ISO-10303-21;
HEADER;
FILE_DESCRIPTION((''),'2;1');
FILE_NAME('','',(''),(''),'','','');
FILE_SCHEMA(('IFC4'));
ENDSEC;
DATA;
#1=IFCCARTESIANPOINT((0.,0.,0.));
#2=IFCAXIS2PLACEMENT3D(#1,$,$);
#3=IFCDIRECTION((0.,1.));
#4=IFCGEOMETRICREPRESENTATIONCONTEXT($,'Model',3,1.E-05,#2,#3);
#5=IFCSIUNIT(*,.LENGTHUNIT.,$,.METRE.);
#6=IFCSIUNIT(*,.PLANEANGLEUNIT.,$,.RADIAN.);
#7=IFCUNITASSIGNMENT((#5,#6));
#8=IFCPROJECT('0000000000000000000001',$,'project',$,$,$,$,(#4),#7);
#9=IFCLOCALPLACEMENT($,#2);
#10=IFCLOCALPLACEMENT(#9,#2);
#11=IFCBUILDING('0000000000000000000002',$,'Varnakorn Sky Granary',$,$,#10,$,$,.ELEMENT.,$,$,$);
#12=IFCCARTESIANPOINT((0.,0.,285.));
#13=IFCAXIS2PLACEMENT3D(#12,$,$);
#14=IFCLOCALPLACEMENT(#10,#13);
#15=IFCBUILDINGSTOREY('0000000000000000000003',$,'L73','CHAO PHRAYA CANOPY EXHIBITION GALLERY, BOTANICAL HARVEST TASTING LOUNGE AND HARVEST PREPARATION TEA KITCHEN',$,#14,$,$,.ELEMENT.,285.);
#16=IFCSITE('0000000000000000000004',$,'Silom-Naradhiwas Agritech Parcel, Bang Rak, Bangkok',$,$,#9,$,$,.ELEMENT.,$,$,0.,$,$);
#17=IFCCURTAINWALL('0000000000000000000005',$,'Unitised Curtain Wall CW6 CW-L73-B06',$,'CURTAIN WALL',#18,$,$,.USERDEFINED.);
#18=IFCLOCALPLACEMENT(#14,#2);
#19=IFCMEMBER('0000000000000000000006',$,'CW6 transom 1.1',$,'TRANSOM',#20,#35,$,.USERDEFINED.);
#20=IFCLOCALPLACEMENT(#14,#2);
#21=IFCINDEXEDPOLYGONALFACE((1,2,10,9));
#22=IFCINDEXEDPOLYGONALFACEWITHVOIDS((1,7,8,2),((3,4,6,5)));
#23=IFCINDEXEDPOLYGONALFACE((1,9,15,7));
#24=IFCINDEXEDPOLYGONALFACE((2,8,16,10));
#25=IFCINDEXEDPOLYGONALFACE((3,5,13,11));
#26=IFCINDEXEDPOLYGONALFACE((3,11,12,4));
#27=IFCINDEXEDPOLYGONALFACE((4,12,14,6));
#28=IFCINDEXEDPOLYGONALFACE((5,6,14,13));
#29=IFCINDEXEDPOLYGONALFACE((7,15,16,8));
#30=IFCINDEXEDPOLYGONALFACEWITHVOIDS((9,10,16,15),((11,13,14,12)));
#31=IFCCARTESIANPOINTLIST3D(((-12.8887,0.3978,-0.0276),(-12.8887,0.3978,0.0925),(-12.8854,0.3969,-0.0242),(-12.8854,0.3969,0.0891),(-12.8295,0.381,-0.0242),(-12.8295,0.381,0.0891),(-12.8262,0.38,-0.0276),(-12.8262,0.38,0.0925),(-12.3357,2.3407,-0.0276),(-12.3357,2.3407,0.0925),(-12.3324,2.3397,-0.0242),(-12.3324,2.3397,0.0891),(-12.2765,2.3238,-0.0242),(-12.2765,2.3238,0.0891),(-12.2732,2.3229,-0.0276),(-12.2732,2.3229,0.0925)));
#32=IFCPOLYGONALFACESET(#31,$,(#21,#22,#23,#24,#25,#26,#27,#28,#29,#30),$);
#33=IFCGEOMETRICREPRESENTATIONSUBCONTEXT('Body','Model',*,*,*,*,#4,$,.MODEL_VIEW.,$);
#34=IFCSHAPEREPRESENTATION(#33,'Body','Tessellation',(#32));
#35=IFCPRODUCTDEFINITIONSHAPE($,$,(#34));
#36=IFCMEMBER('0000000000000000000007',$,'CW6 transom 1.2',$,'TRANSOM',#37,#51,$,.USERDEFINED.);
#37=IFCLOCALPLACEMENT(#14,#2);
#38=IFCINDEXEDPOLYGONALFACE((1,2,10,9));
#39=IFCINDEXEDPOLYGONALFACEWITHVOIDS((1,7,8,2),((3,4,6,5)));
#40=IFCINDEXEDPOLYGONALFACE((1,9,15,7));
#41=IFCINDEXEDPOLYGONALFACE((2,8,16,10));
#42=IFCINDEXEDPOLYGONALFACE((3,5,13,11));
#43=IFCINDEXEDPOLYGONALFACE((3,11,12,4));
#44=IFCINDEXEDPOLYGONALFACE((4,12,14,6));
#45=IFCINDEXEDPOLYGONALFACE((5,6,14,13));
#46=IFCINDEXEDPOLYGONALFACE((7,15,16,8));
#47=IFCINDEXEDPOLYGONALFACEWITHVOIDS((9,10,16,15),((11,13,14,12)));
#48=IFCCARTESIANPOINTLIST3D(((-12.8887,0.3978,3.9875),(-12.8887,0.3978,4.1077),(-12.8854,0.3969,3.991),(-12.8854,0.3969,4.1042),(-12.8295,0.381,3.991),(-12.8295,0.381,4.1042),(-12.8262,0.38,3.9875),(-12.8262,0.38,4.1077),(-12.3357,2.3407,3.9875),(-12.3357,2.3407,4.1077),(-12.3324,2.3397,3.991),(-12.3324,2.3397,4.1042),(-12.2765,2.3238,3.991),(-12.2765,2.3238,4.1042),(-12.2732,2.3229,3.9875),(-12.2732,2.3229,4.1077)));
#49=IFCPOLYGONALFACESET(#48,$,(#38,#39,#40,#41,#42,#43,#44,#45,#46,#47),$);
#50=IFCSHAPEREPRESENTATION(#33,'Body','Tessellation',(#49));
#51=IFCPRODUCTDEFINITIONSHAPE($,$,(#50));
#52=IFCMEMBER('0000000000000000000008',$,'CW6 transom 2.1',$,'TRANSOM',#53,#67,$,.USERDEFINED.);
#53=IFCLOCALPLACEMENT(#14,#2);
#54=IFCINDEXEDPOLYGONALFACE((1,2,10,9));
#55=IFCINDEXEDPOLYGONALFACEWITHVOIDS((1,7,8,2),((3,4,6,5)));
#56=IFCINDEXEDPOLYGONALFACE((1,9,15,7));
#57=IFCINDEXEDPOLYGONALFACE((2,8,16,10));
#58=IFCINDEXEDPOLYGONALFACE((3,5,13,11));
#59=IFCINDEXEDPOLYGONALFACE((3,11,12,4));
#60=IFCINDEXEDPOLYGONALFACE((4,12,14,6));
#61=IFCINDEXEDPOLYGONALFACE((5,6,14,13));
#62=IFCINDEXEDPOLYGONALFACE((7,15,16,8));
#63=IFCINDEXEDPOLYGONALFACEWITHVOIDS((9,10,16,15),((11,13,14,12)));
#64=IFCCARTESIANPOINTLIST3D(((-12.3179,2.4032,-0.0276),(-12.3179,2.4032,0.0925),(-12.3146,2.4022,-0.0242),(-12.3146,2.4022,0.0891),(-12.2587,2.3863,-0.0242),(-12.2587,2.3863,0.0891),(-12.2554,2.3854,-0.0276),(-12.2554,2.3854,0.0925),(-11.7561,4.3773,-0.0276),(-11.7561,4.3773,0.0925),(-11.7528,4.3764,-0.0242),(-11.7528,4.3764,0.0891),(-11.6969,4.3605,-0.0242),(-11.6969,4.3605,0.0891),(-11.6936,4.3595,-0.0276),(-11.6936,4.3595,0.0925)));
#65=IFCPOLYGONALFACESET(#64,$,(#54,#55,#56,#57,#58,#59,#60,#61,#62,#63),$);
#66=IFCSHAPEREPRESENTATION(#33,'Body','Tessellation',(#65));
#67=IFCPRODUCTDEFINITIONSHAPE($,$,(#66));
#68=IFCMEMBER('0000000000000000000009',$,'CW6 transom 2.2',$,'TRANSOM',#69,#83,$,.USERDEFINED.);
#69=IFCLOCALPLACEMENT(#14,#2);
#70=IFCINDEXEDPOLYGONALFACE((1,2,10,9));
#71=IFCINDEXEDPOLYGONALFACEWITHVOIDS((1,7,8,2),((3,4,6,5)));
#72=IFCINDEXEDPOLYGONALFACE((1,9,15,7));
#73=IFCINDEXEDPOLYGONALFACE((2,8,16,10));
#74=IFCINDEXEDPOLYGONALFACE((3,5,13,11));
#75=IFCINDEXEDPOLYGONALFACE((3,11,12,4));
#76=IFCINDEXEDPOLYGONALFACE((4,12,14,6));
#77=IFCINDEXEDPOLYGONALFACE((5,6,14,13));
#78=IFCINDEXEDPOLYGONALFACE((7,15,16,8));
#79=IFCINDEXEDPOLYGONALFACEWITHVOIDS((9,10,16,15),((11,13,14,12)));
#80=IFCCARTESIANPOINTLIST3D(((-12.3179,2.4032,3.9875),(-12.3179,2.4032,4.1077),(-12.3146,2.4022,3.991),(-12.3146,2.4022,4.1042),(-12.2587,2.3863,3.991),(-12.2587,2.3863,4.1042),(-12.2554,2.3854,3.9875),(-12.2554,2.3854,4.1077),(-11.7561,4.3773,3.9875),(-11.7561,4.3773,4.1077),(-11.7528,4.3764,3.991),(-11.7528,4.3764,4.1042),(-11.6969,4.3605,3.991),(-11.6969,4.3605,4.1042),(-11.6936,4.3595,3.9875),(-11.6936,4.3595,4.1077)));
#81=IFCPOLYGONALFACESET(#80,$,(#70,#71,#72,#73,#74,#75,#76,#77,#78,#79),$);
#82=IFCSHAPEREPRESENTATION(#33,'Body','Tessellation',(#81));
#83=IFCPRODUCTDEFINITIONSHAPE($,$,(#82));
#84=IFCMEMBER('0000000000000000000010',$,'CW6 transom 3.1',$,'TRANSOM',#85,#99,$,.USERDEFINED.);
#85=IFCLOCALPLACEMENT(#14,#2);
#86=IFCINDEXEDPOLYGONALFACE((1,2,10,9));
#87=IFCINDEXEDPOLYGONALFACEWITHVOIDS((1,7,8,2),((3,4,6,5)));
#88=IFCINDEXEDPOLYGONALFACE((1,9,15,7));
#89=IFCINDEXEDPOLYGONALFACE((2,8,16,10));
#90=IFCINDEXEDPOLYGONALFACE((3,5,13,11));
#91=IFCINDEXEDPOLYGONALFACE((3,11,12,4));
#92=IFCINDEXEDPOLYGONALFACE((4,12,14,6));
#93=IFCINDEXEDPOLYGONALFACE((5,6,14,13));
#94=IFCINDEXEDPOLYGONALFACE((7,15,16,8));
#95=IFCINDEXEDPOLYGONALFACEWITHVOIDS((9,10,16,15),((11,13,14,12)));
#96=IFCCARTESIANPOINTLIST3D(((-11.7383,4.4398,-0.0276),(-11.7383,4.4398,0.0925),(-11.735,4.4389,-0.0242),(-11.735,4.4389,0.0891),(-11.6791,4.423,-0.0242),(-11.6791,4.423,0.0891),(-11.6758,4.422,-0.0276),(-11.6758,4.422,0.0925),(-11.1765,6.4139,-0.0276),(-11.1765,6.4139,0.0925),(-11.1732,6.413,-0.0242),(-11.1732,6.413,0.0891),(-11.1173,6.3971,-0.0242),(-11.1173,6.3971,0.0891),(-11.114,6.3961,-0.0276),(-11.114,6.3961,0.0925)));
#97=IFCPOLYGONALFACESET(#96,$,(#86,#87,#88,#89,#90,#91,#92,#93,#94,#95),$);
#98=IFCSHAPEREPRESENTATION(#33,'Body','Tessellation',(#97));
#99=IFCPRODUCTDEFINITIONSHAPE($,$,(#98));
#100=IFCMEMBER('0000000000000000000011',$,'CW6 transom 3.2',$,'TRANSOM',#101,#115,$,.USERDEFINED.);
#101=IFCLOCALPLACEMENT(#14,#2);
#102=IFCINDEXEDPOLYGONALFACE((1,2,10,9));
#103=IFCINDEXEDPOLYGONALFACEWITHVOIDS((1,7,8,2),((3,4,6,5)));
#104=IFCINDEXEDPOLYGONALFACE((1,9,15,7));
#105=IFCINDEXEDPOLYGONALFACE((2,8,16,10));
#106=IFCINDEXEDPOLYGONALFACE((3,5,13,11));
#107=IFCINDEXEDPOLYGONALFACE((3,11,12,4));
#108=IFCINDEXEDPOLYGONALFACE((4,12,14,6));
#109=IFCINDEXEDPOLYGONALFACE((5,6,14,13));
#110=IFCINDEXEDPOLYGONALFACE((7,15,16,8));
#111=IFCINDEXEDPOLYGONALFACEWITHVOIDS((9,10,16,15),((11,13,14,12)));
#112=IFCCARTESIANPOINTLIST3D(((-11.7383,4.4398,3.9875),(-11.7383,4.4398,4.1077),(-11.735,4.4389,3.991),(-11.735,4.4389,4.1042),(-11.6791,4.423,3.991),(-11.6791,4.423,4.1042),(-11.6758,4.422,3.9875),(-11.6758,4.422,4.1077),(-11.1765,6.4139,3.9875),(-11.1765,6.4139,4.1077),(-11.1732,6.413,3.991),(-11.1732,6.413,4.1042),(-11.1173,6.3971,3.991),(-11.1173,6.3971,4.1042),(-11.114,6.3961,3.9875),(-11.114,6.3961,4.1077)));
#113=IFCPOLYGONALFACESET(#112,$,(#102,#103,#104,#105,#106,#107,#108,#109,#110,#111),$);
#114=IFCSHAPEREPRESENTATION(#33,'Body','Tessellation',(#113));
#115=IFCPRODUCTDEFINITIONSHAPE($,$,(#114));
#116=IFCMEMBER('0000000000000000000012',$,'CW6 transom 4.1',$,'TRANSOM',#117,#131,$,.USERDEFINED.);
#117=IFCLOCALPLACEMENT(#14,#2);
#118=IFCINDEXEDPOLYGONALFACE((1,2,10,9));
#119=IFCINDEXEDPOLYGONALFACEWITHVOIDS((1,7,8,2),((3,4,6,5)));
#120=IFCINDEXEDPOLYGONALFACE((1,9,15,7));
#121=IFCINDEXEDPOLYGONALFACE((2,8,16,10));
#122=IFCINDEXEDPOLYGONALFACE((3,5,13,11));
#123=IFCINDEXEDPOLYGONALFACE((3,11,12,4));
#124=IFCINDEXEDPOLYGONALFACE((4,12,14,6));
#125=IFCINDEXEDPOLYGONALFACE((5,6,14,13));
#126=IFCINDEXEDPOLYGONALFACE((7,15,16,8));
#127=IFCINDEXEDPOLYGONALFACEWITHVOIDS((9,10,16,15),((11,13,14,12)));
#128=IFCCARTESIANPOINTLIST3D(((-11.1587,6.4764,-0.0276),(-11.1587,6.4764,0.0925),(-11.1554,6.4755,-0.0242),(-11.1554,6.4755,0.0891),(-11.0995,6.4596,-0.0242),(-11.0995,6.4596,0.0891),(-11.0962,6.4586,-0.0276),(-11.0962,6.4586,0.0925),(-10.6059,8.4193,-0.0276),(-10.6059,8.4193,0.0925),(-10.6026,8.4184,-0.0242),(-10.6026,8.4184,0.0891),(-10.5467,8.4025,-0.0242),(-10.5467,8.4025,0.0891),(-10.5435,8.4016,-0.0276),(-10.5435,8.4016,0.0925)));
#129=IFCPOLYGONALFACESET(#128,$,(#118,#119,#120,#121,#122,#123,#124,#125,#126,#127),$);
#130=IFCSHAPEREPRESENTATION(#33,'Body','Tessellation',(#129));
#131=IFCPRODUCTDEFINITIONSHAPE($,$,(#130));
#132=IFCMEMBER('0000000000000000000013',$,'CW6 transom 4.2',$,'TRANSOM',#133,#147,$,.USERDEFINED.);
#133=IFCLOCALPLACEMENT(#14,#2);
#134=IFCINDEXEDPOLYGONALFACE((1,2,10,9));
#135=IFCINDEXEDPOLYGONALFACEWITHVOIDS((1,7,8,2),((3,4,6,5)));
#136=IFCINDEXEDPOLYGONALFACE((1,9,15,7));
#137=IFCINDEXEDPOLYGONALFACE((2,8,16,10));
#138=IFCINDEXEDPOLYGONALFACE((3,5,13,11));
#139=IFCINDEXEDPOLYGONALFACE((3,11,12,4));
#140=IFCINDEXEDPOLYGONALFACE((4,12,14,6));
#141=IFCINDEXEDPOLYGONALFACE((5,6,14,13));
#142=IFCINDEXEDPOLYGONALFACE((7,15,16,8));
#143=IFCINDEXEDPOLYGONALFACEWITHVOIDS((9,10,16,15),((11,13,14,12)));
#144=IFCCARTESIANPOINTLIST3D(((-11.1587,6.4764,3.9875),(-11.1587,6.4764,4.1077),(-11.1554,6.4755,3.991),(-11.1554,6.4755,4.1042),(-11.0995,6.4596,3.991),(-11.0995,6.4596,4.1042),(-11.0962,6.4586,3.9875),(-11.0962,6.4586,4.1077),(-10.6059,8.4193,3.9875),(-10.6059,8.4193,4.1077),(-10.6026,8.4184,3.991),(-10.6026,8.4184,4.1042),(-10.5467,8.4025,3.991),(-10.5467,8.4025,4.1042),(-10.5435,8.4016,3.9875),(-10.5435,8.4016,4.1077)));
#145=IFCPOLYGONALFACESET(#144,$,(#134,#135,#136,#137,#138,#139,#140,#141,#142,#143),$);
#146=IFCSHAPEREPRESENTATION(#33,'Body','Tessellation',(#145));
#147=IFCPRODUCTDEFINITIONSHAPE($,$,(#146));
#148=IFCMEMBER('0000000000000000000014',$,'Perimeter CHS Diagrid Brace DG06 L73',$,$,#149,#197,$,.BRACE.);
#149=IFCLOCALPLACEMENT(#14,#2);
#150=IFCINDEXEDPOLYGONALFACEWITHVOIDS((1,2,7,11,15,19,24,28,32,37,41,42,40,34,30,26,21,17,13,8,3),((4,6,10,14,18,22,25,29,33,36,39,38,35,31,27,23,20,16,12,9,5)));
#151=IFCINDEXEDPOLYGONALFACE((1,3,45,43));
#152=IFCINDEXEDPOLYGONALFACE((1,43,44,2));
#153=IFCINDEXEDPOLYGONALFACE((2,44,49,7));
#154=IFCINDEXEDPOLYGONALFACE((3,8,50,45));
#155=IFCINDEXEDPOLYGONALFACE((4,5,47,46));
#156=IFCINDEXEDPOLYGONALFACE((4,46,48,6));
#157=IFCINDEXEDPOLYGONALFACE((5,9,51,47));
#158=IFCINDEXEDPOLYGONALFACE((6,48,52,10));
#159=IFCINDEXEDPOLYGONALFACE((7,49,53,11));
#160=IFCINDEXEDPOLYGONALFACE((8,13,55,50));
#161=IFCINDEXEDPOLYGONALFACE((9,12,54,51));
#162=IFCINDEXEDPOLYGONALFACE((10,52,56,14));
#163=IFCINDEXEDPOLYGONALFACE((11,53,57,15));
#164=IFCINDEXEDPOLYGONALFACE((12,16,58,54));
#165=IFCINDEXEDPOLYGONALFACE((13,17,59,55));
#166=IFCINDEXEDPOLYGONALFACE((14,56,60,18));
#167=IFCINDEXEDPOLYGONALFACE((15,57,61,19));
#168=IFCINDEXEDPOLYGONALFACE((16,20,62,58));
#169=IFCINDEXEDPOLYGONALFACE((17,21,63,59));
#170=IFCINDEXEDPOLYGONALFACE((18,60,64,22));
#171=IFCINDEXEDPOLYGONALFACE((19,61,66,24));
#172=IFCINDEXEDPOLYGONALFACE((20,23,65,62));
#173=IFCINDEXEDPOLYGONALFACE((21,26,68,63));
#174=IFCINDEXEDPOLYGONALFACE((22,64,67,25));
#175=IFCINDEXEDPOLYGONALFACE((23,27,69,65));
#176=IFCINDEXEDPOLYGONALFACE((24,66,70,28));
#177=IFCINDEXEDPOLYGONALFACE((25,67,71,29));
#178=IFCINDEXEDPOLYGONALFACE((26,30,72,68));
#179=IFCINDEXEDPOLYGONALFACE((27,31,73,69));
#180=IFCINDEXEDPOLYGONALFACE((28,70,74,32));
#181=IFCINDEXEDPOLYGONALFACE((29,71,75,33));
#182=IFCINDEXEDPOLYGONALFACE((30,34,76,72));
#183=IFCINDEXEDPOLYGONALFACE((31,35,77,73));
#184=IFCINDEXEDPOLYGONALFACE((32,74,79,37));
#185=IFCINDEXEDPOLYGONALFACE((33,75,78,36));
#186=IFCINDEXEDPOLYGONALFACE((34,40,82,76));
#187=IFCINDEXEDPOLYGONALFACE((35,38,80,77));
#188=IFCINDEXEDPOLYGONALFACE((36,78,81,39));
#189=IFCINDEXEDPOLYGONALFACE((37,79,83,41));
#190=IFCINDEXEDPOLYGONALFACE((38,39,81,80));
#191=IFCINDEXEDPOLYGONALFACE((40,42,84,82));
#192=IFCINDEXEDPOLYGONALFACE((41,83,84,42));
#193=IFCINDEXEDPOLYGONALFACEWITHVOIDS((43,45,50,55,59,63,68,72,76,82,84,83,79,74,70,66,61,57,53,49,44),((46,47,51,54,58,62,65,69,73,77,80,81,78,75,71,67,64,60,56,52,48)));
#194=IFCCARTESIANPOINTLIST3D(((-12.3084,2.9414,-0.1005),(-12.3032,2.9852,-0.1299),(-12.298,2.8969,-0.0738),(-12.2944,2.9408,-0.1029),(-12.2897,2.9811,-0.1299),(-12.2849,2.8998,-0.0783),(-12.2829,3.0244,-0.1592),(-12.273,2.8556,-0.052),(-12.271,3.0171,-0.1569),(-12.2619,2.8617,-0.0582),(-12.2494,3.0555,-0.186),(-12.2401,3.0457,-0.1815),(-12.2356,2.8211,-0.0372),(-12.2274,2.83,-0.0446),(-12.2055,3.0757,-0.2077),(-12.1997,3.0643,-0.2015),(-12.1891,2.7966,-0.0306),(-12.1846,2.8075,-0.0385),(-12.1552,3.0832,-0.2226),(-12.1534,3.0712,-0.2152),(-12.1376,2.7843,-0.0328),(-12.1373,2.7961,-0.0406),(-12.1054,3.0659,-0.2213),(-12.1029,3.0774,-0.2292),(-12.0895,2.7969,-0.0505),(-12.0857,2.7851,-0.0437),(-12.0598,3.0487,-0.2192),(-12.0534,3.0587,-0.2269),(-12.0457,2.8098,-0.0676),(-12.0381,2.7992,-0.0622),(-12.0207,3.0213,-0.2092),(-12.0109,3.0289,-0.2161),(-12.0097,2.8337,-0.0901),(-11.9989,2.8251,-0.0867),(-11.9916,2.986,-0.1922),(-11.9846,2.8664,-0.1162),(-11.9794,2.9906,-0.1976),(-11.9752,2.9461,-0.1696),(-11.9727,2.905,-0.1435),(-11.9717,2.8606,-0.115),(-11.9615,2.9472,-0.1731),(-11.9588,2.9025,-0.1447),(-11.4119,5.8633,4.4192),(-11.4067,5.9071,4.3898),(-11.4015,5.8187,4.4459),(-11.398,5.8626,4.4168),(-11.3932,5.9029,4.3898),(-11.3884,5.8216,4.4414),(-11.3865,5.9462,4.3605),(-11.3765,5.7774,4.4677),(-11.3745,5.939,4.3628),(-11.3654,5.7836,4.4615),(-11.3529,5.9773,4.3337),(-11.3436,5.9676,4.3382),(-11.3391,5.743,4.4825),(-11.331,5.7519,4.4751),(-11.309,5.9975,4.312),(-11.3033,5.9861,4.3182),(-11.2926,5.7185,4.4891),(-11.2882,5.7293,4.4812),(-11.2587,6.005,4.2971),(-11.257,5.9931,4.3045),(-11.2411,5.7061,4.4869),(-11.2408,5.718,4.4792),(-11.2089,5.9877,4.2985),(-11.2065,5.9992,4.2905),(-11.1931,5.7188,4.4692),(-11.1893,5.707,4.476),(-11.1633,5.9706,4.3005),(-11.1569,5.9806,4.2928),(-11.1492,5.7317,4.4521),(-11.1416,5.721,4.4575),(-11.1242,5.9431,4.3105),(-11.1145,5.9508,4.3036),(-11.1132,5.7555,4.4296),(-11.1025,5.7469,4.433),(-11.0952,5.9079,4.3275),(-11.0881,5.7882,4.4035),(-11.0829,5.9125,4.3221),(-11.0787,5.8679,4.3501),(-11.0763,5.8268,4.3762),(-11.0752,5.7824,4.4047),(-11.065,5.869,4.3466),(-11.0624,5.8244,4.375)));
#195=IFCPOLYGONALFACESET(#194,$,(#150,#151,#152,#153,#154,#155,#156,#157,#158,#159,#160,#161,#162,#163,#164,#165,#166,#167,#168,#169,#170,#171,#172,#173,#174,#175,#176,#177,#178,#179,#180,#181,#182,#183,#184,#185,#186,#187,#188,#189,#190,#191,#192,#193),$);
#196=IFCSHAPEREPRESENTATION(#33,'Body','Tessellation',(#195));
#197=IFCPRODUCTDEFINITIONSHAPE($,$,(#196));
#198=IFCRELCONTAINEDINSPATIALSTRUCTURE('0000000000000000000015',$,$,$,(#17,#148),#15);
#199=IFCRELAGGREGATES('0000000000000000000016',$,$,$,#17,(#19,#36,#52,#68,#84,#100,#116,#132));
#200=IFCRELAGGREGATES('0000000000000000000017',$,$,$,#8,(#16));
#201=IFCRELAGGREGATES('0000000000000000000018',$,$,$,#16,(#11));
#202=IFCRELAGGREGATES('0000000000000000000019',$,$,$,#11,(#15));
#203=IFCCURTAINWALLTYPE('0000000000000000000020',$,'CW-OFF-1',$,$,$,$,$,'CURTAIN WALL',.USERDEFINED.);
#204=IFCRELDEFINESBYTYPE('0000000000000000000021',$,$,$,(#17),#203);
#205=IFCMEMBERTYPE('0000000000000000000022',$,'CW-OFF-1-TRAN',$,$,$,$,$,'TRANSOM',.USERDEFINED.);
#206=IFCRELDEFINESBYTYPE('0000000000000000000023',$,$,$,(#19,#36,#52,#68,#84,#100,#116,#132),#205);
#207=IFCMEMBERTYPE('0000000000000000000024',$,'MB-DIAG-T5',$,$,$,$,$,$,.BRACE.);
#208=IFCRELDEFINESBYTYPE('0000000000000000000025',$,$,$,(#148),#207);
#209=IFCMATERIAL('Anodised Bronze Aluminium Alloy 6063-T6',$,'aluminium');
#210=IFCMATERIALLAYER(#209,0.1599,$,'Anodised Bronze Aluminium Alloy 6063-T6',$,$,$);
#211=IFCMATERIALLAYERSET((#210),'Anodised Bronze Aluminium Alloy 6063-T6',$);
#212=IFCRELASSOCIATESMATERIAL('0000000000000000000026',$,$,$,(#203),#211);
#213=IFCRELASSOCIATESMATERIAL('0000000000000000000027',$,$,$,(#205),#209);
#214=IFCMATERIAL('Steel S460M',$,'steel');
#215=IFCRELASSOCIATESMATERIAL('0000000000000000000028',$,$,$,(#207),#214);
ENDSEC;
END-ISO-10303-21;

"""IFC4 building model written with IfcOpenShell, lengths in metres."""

from ifc_helpers import new_model, si_unit, direction, frame, origin, origin_2d, place, context, subcontext, project, spatial, hollow_rectangle, hollow_circle, extrude, material, layer, layer_set, material_profile, profile_set, type_object, element, aggregate, save


model = new_model("IFC4")

# Units and contexts
model_context = context("Model", 3, precision=1e-05, world=origin(), true_north=direction((0.0, 1.0)))
body_context = subcontext(model_context, "Body", "Model", "MODEL_VIEW")
ifc_project = project(units=[si_unit("LENGTHUNIT", "METRE"), si_unit("PLANEANGLEUNIT", "RADIAN")], contexts=[model_context])

# Site, building, storey
site_placement = place(None, origin())
site = spatial("IfcSite", under=ifc_project, at=site_placement, Name="Silom-Naradhiwas Agritech Parcel, Bang Rak, Bangkok", CompositionType="ELEMENT", RefElevation=0.0)
building_placement = place(site_placement, origin())
building = spatial("IfcBuilding", under=site, at=building_placement, Name="Varnakorn Sky Granary", CompositionType="ELEMENT")
storey_placement = place(building_placement, frame((0.0, 0.0, 285.0)))
storey = spatial("IfcBuildingStorey", under=building, at=storey_placement, Name="L73", Description="CHAO PHRAYA CANOPY EXHIBITION GALLERY, BOTANICAL HARVEST TASTING LOUNGE AND HARVEST PREPARATION TEA KITCHEN", CompositionType="ELEMENT", Elevation=285.0)

# Shared definitions
ifc_material_1 = material(Name="Steel S460M", Category="steel")

# Curtain wall, members
ifc_material_2 = material(Name="Anodised Bronze Aluminium Alloy 6063-T6", Category="aluminium")
ifc_layer_1 = layer(ifc_material_2, 0.1599, Name="Anodised Bronze Aluminium Alloy 6063-T6")
ifc_layer_set_1 = layer_set([ifc_layer_1], Name="Anodised Bronze Aluminium Alloy 6063-T6")
curtain_wall_type = type_object("IfcCurtainWallType", Name="CW-OFF-1", ElementType="CURTAIN WALL", PredefinedType="USERDEFINED", material=ifc_layer_set_1)
curtain_wall_placement = place(storey_placement, origin())
curtain_wall = element("IfcCurtainWall", 1, at=curtain_wall_placement, inside=storey, type_object=curtain_wall_type, Name="Unitised Curtain Wall CW6 CW-L73-B06", ObjectType="CURTAIN WALL", PredefinedType="USERDEFINED")
ifc_material_profile_1 = material_profile(ifc_material_2, hollow_rectangle(XDim=0.0649, YDim=0.1201, WallThickness=0.0034, at=origin_2d()), Name="ALU TRAN 65x120")
ifc_profile_set_1 = profile_set([ifc_material_profile_1], Name="Anodised Bronze Aluminium Alloy 6063-T6")
member_type_1 = type_object("IfcMemberType", Name="CW-OFF-1-TRAN", ElementType="TRANSOM", PredefinedType="USERDEFINED", material=ifc_profile_set_1)
member_1_placement = place(storey_placement, frame((-12.8574, 0.3889, 0.0325), z_axis=(0.273747, 0.961802, 0.0), x_axis=(-0.961802, 0.273747, 0.0)))
member_1 = element("IfcMember", 2, at=member_1_placement, type_object=member_type_1, Name="CW6 transom 1.1", ObjectType="TRANSOM", PredefinedType="USERDEFINED", context=body_context, shape_type="SweptSolid", body=[
    extrude(hollow_rectangle(XDim=0.0649, YDim=0.1201, WallThickness=0.0034, at=origin_2d()), origin(), (0.0, 0.0, 1.0), 2.02),
])
member_2_placement = place(storey_placement, frame((-12.8574, 0.3889, 4.0476), z_axis=(0.273747, 0.961802, 0.0), x_axis=(-0.961802, 0.273747, 0.0)))
member_2 = element("IfcMember", 3, at=member_2_placement, type_object=member_type_1, Name="CW6 transom 1.2", ObjectType="TRANSOM", PredefinedType="USERDEFINED", context=body_context, shape_type="SweptSolid", body=[
    extrude(hollow_rectangle(XDim=0.0649, YDim=0.1201, WallThickness=0.0034, at=origin_2d()), origin(), (0.0, 0.0, 1.0), 2.02),
])
member_3_placement = place(storey_placement, frame((-12.2866, 2.3943, 0.0325), z_axis=(0.2737, 0.961815, 0.0), x_axis=(-0.961815, 0.2737, 0.0)))
member_3 = element("IfcMember", 4, at=member_3_placement, type_object=member_type_1, Name="CW6 transom 2.1", ObjectType="TRANSOM", PredefinedType="USERDEFINED", context=body_context, shape_type="SweptSolid", body=[
    extrude(hollow_rectangle(XDim=0.0649, YDim=0.1201, WallThickness=0.0034, at=origin_2d()), origin(), (0.0, 0.0, 1.0), 2.0525),
])
member_4_placement = place(storey_placement, frame((-12.2866, 2.3943, 4.0476), z_axis=(0.2737, 0.961815, 0.0), x_axis=(-0.961815, 0.2737, 0.0)))
member_4 = element("IfcMember", 5, at=member_4_placement, type_object=member_type_1, Name="CW6 transom 2.2", ObjectType="TRANSOM", PredefinedType="USERDEFINED", context=body_context, shape_type="SweptSolid", body=[
    extrude(hollow_rectangle(XDim=0.0649, YDim=0.1201, WallThickness=0.0034, at=origin_2d()), origin(), (0.0, 0.0, 1.0), 2.0525),
])
member_5_placement = place(storey_placement, frame((-11.707, 4.4309, 0.0325), z_axis=(0.2737, 0.961815, 0.0), x_axis=(-0.961815, 0.2737, 0.0)))
member_5 = element("IfcMember", 6, at=member_5_placement, type_object=member_type_1, Name="CW6 transom 3.1", ObjectType="TRANSOM", PredefinedType="USERDEFINED", context=body_context, shape_type="SweptSolid", body=[
    extrude(hollow_rectangle(XDim=0.0649, YDim=0.1201, WallThickness=0.0034, at=origin_2d()), origin(), (0.0, 0.0, 1.0), 2.0525),
])
member_6_placement = place(storey_placement, frame((-11.707, 4.4309, 4.0476), z_axis=(0.2737, 0.961815, 0.0), x_axis=(-0.961815, 0.2737, 0.0)))
member_6 = element("IfcMember", 7, at=member_6_placement, type_object=member_type_1, Name="CW6 transom 3.2", ObjectType="TRANSOM", PredefinedType="USERDEFINED", context=body_context, shape_type="SweptSolid", body=[
    extrude(hollow_rectangle(XDim=0.0649, YDim=0.1201, WallThickness=0.0034, at=origin_2d()), origin(), (0.0, 0.0, 1.0), 2.0525),
])
member_7_placement = place(storey_placement, frame((-11.1274, 6.4675, 0.0325), z_axis=(0.273635, 0.961833, 0.0), x_axis=(-0.961833, 0.273635, 0.0)))
member_7 = element("IfcMember", 8, at=member_7_placement, type_object=member_type_1, Name="CW6 transom 4.1", ObjectType="TRANSOM", PredefinedType="USERDEFINED", context=body_context, shape_type="SweptSolid", body=[
    extrude(hollow_rectangle(XDim=0.0649, YDim=0.1201, WallThickness=0.0034, at=origin_2d()), origin(), (0.0, 0.0, 1.0), 2.02),
])
member_8_placement = place(storey_placement, frame((-11.1274, 6.4675, 4.0476), z_axis=(0.273635, 0.961833, 0.0), x_axis=(-0.961833, 0.273635, 0.0)))
member_8 = element("IfcMember", 9, at=member_8_placement, type_object=member_type_1, Name="CW6 transom 4.2", ObjectType="TRANSOM", PredefinedType="USERDEFINED", context=body_context, shape_type="SweptSolid", body=[
    extrude(hollow_rectangle(XDim=0.0649, YDim=0.1201, WallThickness=0.0034, at=origin_2d()), origin(), (0.0, 0.0, 1.0), 2.02),
])

# Member
ifc_material_profile_2 = material_profile(ifc_material_1, hollow_circle(Radius=0.1777, WallThickness=0.0142, at=origin_2d()), Name="CHS 355.6x14")
ifc_profile_set_2 = profile_set([ifc_material_profile_2], Name="Steel S460M")
member_type_2 = type_object("IfcMemberType", Name="MB-DIAG-T5", PredefinedType="BRACE", material=ifc_profile_set_2)
member_9_placement = place(storey_placement, frame((-12.1333, 2.9331, -0.1299), z_axis=(0.164308, 0.535521, 0.828384), x_axis=(-0.956014, 0.293322, 0.0)))
element("IfcMember", 10, at=member_9_placement, inside=storey, type_object=member_type_2, Name="Perimeter CHS Diagrid Brace DG06 L73", PredefinedType="BRACE", context=body_context, shape_type="SweptSolid", body=[
    extrude(hollow_circle(Radius=0.1777, WallThickness=0.0142, at=origin_2d()), origin(), (0.0, 0.0, 1.0), 5.4561),
])

aggregate(curtain_wall, [member_1, member_2, member_3, member_4, member_5, member_6, member_7, member_8])

save(model, "model.ifc")
